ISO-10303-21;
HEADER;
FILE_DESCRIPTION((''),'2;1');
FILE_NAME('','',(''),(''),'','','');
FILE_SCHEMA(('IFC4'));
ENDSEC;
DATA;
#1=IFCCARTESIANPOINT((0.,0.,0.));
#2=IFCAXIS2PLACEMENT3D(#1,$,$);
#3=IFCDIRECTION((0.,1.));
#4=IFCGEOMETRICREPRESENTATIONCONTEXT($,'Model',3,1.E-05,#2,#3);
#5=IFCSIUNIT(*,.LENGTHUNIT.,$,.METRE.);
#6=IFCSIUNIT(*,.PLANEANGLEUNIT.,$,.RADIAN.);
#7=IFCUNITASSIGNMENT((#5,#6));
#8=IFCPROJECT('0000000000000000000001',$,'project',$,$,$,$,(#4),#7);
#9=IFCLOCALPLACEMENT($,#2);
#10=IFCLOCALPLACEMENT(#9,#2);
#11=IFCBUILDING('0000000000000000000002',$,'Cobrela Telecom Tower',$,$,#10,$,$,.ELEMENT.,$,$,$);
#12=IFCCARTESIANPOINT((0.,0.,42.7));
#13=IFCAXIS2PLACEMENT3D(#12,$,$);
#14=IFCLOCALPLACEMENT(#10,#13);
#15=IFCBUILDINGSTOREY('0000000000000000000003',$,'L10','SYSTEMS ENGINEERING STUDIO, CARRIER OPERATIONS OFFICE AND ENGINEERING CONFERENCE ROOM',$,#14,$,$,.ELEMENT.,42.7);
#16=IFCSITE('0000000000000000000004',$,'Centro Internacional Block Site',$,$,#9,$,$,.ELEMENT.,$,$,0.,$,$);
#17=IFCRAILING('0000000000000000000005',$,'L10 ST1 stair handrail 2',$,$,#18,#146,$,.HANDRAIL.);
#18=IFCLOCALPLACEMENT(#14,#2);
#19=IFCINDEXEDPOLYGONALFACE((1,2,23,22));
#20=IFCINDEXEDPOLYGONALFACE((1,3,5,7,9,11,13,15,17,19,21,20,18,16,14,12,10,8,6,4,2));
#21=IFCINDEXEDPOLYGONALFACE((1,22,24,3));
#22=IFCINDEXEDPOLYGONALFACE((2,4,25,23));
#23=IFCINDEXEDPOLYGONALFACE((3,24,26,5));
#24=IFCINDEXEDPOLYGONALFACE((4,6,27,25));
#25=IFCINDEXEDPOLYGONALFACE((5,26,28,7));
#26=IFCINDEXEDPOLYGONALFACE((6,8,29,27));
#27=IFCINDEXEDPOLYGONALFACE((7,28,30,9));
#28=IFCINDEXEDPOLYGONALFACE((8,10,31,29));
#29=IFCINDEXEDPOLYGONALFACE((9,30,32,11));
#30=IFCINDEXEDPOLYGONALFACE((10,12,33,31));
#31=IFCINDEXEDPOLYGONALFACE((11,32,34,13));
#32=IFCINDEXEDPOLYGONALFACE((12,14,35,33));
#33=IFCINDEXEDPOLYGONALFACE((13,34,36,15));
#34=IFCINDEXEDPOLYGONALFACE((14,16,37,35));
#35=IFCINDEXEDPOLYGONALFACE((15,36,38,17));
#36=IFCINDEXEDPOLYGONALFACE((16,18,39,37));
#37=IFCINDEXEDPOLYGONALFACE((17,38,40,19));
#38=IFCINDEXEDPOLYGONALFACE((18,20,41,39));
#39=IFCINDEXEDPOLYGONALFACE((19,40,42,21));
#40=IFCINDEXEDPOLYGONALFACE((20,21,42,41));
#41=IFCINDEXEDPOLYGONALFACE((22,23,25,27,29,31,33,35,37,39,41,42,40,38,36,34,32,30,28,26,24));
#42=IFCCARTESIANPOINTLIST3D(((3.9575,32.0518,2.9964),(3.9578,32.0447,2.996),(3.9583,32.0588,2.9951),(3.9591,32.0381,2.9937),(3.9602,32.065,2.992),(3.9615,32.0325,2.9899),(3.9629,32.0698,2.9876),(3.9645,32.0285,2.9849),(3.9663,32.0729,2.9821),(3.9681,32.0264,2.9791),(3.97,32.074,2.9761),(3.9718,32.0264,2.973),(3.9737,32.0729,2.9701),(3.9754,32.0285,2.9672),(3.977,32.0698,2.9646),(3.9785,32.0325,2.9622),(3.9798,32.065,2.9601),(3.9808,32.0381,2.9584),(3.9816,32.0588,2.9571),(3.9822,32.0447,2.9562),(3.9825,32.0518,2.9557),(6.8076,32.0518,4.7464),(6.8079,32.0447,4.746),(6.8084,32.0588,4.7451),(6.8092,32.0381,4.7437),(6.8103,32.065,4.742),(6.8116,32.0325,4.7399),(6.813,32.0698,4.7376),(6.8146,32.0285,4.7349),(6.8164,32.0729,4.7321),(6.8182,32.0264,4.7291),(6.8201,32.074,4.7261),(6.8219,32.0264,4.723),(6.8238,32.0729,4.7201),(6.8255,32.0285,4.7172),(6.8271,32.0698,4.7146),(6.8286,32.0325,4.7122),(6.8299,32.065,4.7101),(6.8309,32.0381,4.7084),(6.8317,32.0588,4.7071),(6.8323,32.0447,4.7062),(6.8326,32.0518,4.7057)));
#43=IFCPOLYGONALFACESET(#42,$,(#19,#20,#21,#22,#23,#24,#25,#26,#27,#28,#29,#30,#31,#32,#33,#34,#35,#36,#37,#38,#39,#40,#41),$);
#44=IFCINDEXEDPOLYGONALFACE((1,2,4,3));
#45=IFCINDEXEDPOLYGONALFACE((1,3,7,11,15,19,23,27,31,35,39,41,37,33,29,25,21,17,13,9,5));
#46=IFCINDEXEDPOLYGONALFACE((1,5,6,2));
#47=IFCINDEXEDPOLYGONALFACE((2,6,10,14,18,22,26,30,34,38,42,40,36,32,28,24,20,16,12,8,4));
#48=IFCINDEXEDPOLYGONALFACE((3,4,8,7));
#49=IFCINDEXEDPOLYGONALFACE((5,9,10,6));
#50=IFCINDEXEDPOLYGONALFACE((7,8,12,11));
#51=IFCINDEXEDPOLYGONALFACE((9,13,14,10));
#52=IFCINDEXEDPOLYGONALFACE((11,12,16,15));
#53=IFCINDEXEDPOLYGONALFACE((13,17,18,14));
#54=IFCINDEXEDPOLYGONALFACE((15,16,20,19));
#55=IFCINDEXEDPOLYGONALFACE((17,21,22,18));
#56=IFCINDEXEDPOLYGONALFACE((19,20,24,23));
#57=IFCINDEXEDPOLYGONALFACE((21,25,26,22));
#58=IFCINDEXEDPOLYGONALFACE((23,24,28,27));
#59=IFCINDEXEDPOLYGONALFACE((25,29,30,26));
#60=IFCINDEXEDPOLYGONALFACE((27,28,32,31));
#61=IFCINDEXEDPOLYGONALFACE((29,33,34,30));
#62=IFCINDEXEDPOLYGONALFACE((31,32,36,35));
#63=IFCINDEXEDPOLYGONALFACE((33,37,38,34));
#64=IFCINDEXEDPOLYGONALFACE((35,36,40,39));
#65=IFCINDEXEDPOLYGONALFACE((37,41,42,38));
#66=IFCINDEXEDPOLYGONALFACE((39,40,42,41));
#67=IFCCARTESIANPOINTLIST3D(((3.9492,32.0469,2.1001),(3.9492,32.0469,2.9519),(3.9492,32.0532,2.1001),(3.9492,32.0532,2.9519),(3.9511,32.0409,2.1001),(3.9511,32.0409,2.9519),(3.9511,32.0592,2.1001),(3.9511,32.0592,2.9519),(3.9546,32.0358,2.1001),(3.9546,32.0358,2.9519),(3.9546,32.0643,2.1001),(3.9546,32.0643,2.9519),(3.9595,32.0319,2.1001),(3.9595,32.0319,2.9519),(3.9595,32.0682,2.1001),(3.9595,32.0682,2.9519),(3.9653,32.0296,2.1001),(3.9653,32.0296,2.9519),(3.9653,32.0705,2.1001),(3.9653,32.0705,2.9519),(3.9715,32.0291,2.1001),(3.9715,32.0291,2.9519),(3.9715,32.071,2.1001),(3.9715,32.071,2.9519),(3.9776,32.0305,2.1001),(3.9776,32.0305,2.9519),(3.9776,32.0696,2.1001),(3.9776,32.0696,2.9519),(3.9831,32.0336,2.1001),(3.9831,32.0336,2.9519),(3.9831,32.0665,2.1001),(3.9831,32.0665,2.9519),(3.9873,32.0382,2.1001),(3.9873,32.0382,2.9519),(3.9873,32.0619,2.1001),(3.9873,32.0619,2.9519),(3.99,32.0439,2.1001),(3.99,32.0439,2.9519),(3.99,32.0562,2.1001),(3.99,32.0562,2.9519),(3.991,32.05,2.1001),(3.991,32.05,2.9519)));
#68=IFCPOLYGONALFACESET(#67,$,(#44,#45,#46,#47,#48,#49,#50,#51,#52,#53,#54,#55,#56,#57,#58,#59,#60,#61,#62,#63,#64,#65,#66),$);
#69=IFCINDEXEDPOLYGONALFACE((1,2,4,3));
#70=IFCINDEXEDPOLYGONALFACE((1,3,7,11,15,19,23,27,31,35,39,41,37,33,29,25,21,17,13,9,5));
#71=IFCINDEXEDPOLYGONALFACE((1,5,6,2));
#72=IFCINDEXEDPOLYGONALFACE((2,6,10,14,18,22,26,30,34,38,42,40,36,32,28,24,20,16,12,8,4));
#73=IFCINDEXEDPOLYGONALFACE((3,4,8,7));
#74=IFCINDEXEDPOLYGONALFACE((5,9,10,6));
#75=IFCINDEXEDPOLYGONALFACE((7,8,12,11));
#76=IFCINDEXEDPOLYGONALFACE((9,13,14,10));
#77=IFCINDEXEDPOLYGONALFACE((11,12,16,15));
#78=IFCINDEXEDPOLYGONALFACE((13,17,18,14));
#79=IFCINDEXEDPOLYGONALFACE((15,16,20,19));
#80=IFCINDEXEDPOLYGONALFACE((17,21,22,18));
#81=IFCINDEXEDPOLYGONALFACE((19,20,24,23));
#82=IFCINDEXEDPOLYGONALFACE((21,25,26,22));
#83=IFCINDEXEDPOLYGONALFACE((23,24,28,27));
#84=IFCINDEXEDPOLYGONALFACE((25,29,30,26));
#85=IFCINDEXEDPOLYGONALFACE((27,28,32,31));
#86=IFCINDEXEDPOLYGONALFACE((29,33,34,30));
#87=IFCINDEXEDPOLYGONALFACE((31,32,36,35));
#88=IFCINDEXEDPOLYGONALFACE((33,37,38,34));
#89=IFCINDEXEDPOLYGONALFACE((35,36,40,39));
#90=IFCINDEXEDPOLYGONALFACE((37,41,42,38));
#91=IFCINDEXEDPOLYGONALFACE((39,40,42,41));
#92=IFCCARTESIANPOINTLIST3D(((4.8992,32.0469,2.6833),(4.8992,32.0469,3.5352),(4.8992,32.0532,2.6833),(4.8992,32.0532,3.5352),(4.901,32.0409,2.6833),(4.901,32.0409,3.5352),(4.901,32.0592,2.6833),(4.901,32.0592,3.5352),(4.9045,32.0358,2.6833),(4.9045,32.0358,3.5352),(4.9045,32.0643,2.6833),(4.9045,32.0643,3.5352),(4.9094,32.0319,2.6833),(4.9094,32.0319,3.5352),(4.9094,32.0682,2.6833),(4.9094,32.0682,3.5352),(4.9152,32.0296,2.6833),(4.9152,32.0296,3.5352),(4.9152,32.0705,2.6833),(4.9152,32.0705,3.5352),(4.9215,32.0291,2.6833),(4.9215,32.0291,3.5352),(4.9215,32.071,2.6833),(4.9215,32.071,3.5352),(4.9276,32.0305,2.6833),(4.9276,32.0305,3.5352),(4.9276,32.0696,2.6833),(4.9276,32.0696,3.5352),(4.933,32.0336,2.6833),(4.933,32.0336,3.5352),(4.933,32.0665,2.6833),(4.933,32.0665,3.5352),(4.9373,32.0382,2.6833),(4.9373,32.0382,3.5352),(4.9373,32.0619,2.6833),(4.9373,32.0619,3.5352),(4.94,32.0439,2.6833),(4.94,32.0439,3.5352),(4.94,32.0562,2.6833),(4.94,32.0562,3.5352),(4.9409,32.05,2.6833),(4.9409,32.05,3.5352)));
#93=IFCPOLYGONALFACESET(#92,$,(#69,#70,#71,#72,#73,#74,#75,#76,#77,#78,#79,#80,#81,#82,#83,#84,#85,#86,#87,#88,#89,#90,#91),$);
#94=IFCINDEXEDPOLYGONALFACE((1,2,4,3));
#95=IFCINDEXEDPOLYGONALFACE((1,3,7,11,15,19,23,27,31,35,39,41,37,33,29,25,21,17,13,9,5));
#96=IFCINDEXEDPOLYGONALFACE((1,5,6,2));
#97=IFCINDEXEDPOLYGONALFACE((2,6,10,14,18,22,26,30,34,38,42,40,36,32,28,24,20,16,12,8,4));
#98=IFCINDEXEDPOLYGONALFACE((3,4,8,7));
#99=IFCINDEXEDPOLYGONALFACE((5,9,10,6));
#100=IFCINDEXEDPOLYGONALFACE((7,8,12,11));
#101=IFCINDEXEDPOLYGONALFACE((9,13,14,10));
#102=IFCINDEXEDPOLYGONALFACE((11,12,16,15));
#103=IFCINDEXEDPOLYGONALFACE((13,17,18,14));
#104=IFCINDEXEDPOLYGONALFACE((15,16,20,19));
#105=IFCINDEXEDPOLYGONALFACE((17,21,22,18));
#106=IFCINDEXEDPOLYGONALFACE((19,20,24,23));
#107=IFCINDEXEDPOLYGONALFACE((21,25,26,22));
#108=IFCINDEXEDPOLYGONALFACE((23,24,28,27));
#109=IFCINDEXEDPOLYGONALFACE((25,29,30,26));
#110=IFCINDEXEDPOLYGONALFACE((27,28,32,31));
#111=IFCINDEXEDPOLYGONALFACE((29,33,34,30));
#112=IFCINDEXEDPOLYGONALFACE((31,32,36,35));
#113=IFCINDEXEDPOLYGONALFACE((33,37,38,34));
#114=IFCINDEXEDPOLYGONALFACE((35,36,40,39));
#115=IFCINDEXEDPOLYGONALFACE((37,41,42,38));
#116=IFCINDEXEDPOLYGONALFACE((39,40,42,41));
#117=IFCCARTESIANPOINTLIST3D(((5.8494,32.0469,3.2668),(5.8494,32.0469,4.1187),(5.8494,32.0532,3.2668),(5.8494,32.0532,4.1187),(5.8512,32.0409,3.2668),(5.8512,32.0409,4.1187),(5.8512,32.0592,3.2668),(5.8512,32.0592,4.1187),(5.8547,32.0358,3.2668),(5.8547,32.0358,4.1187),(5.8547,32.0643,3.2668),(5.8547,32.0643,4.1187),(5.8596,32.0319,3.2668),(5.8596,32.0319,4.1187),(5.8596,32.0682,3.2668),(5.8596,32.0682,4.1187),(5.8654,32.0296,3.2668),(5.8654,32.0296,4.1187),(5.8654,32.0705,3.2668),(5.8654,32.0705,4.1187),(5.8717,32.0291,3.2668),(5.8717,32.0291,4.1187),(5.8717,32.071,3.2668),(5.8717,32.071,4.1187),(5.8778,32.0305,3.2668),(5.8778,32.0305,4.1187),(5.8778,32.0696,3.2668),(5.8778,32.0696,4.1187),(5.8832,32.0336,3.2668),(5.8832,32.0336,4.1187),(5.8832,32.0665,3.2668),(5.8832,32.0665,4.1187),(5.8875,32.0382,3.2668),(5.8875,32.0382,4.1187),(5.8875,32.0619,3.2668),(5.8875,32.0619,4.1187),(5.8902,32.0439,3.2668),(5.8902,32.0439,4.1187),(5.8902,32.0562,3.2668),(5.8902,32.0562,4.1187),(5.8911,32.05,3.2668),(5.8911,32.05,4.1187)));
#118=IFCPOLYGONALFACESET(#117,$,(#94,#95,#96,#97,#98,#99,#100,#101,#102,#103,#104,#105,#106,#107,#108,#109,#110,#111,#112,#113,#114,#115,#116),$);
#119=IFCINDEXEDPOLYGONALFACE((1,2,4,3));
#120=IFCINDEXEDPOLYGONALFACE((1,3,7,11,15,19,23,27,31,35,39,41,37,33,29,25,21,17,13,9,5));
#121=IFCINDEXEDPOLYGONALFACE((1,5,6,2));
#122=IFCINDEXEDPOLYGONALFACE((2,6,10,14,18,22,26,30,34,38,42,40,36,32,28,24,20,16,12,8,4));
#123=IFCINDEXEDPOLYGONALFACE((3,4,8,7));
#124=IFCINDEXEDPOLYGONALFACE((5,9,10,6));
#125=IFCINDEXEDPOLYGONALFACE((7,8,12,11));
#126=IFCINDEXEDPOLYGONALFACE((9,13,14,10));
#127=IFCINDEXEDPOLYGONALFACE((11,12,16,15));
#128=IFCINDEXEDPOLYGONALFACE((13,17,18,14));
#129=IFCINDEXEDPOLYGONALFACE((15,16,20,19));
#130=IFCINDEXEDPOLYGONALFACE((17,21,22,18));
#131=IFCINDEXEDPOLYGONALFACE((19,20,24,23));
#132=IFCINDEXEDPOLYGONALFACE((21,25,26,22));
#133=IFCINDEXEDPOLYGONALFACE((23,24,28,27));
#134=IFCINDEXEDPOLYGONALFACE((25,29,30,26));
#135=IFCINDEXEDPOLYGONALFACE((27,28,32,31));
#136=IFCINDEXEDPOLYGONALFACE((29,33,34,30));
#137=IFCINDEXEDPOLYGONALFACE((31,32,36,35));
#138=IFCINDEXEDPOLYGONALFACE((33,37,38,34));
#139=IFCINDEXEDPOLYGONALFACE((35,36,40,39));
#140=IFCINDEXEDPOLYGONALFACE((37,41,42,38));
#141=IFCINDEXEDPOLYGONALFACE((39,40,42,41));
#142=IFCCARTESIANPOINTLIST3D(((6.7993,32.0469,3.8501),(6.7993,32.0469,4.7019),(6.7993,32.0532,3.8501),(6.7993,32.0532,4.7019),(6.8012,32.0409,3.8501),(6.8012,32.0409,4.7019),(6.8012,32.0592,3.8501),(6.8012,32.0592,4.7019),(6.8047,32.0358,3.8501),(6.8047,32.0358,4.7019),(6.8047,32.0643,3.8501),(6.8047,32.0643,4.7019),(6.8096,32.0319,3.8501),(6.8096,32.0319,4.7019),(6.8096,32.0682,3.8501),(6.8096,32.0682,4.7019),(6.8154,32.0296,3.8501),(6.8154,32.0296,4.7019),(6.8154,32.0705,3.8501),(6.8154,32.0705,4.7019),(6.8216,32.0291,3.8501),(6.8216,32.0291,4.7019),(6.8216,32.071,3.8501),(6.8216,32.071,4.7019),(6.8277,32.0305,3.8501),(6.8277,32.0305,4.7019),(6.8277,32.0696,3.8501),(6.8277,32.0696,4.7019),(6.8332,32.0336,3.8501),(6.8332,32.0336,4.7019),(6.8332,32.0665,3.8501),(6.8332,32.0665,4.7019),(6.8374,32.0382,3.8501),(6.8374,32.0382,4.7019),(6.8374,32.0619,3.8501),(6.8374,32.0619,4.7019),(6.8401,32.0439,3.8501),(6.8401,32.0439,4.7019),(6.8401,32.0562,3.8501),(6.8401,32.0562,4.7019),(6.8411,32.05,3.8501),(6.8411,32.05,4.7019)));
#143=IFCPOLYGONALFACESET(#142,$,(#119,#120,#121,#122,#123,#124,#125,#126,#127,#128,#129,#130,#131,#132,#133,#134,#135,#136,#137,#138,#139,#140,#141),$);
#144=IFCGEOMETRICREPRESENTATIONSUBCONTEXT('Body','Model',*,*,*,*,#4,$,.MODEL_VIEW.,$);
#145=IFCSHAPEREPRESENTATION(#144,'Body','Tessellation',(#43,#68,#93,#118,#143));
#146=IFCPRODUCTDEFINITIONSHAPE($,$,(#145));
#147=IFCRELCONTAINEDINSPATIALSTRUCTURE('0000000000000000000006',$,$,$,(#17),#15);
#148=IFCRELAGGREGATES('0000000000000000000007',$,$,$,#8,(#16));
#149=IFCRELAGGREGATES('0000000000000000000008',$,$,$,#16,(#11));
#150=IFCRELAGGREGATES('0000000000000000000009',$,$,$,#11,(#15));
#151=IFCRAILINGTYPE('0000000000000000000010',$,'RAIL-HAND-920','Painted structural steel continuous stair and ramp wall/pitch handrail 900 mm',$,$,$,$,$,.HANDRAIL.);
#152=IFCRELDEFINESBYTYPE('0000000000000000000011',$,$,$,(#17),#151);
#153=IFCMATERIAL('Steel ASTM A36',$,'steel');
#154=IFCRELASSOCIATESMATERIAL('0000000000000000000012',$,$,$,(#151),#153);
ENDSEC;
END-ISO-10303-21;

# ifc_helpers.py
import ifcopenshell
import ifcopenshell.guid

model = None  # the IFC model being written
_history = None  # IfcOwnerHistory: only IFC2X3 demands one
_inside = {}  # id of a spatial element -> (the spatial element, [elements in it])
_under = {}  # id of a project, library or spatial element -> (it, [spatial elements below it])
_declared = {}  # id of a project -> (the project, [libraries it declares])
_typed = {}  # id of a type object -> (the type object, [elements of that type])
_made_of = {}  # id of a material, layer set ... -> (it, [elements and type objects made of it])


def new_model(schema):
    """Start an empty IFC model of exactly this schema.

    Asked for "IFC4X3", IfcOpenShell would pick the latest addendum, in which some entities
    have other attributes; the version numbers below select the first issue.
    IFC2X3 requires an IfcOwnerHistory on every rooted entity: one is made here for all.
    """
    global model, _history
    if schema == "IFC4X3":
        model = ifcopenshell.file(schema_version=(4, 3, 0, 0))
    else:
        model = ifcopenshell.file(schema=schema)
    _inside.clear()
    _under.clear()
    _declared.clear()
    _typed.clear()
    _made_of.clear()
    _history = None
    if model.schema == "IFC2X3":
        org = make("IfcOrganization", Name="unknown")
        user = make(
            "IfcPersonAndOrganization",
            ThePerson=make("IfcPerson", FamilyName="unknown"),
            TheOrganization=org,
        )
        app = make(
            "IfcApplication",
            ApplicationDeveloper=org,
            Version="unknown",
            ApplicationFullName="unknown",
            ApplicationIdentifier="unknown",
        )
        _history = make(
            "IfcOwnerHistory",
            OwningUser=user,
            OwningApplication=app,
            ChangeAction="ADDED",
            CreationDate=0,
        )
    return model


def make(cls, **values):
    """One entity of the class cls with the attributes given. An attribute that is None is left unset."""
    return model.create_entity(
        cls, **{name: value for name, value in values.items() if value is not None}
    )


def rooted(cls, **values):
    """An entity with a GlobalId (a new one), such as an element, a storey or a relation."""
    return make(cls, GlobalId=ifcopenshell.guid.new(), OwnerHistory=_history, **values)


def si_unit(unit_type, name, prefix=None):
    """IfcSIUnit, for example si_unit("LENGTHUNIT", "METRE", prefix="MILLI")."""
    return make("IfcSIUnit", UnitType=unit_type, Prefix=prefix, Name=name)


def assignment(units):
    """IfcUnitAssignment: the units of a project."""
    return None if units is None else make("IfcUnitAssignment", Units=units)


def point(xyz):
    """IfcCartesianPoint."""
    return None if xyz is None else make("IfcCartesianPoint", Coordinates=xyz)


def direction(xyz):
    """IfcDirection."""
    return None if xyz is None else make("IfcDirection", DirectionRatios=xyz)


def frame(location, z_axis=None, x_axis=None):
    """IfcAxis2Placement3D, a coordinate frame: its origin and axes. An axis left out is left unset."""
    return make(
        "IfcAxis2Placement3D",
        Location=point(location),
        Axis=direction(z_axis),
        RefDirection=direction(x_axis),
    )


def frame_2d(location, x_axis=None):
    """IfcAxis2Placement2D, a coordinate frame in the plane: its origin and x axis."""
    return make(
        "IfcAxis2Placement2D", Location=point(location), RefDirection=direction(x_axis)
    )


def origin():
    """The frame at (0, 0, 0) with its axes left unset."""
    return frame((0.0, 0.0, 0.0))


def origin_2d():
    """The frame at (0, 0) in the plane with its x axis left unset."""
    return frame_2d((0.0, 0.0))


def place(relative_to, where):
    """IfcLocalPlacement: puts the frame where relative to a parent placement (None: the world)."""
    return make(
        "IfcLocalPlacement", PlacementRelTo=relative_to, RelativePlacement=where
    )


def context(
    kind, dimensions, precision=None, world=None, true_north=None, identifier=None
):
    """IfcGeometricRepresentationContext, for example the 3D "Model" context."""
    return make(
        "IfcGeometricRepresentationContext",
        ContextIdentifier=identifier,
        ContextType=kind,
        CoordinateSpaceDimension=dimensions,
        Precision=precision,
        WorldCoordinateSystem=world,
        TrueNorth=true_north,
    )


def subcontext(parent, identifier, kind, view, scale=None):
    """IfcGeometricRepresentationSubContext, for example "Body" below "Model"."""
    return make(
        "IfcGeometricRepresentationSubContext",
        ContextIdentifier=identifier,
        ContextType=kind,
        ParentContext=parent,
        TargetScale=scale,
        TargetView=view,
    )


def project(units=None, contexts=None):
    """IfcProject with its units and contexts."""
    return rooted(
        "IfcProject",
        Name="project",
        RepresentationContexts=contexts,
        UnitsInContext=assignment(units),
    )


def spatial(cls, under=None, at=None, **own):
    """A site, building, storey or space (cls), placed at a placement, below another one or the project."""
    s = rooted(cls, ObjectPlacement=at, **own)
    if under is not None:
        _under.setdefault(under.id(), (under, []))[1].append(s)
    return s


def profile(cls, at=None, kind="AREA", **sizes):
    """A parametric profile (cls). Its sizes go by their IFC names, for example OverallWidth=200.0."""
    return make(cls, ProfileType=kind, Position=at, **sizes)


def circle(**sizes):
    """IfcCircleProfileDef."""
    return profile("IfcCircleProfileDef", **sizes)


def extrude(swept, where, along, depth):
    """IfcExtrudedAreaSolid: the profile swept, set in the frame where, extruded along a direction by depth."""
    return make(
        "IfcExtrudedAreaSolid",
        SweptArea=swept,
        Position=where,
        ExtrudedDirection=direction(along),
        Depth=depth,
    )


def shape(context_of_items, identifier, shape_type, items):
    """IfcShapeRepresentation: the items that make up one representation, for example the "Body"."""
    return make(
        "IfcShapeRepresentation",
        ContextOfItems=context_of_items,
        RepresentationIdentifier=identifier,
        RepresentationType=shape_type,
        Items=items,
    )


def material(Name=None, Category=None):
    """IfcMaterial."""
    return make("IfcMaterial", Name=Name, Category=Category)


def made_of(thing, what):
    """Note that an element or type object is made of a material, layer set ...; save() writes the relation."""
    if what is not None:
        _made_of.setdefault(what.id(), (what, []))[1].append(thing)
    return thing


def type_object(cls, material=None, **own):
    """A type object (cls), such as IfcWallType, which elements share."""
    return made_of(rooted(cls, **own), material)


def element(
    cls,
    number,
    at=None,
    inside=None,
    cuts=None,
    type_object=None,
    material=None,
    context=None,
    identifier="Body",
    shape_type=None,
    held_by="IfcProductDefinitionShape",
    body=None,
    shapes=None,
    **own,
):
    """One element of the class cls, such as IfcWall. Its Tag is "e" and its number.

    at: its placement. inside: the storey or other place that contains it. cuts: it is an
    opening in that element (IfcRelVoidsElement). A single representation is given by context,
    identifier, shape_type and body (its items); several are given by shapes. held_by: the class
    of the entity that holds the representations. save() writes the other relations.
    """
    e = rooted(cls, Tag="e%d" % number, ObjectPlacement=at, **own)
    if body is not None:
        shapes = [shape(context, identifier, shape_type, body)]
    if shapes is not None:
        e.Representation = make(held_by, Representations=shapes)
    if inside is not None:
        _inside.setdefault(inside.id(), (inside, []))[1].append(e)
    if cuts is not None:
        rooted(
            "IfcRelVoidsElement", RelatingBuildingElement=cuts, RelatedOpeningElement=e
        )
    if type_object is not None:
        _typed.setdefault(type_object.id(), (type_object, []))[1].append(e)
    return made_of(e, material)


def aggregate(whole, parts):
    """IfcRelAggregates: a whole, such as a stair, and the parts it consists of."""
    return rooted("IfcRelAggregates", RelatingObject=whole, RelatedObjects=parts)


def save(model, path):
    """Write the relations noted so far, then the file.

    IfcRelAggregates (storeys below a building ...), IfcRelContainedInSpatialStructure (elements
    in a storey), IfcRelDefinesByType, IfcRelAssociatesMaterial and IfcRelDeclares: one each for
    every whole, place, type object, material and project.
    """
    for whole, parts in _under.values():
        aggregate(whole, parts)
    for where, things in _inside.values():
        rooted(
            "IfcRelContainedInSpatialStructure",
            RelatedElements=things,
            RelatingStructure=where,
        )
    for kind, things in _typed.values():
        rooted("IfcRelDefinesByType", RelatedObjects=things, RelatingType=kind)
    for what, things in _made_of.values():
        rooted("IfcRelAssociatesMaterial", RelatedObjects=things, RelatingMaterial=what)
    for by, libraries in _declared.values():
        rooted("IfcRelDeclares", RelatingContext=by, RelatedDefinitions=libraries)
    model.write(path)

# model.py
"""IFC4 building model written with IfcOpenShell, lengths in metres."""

from ifc_helpers import new_model, si_unit, direction, frame, origin, origin_2d, place, context, subcontext, project, spatial, circle, extrude, material, type_object, element, save


model = new_model("IFC4")

# Units and contexts
model_context = context("Model", 3, precision=1e-05, world=origin(), true_north=direction((0.0, 1.0)))
body_context = subcontext(model_context, "Body", "Model", "MODEL_VIEW")
ifc_project = project(units=[si_unit("LENGTHUNIT", "METRE"), si_unit("PLANEANGLEUNIT", "RADIAN")], contexts=[model_context])

# Site, building, storey
site_placement = place(None, origin())
site = spatial("IfcSite", under=ifc_project, at=site_placement, Name="Centro Internacional Block Site", CompositionType="ELEMENT", RefElevation=0.0)
building_placement = place(site_placement, origin())
building = spatial("IfcBuilding", under=site, at=building_placement, Name="Cobrela Telecom Tower", CompositionType="ELEMENT")
storey_placement = place(building_placement, frame((0.0, 0.0, 42.7)))
storey = spatial("IfcBuildingStorey", under=building, at=storey_placement, Name="L10", Description="SYSTEMS ENGINEERING STUDIO, CARRIER OPERATIONS OFFICE AND ENGINEERING CONFERENCE ROOM", CompositionType="ELEMENT", Elevation=42.7)

# Shared definitions
ifc_material_1 = material(Name="Steel ASTM A36", Category="steel")

# Railing
railing_type_1 = type_object("IfcRailingType", Name="RAIL-HAND-920", Description="Painted structural steel continuous stair and ramp wall/pitch handrail 900 mm", PredefinedType="HANDRAIL", material=ifc_material_1)
railing_1_placement = place(storey_placement, frame((3.97, 32.05, 2.1001)))
element("IfcRailing", 1, at=railing_1_placement, inside=storey, type_object=railing_type_1, Name="L10 ST1 stair handrail 2", PredefinedType="HANDRAIL", context=body_context, shape_type="SweptSolid", body=[
    extrude(circle(Radius=0.0239, at=origin_2d()), frame((0.0, 0.0, 0.876), z_axis=(0.852179, 0.0, 0.52325), x_axis=(0.0, 1.0, 0.0)), (0.0, 0.0, 1.0), 3.3445),
    extrude(circle(Radius=0.021, at=origin_2d()), origin(), (0.0, 0.0, 1.0), 0.8518),
    extrude(circle(Radius=0.021, at=origin_2d()), frame((0.95, 0.0, 0.5833)), (0.0, 0.0, 1.0), 0.8518),
    extrude(circle(Radius=0.021, at=origin_2d()), frame((1.9001, 0.0, 1.1667)), (0.0, 0.0, 1.0), 0.8518),
    extrude(circle(Radius=0.021, at=origin_2d()), frame((2.8501, 0.0, 1.75)), (0.0, 0.0, 1.0), 0.8518),
])

save(model, "model.ifc")
